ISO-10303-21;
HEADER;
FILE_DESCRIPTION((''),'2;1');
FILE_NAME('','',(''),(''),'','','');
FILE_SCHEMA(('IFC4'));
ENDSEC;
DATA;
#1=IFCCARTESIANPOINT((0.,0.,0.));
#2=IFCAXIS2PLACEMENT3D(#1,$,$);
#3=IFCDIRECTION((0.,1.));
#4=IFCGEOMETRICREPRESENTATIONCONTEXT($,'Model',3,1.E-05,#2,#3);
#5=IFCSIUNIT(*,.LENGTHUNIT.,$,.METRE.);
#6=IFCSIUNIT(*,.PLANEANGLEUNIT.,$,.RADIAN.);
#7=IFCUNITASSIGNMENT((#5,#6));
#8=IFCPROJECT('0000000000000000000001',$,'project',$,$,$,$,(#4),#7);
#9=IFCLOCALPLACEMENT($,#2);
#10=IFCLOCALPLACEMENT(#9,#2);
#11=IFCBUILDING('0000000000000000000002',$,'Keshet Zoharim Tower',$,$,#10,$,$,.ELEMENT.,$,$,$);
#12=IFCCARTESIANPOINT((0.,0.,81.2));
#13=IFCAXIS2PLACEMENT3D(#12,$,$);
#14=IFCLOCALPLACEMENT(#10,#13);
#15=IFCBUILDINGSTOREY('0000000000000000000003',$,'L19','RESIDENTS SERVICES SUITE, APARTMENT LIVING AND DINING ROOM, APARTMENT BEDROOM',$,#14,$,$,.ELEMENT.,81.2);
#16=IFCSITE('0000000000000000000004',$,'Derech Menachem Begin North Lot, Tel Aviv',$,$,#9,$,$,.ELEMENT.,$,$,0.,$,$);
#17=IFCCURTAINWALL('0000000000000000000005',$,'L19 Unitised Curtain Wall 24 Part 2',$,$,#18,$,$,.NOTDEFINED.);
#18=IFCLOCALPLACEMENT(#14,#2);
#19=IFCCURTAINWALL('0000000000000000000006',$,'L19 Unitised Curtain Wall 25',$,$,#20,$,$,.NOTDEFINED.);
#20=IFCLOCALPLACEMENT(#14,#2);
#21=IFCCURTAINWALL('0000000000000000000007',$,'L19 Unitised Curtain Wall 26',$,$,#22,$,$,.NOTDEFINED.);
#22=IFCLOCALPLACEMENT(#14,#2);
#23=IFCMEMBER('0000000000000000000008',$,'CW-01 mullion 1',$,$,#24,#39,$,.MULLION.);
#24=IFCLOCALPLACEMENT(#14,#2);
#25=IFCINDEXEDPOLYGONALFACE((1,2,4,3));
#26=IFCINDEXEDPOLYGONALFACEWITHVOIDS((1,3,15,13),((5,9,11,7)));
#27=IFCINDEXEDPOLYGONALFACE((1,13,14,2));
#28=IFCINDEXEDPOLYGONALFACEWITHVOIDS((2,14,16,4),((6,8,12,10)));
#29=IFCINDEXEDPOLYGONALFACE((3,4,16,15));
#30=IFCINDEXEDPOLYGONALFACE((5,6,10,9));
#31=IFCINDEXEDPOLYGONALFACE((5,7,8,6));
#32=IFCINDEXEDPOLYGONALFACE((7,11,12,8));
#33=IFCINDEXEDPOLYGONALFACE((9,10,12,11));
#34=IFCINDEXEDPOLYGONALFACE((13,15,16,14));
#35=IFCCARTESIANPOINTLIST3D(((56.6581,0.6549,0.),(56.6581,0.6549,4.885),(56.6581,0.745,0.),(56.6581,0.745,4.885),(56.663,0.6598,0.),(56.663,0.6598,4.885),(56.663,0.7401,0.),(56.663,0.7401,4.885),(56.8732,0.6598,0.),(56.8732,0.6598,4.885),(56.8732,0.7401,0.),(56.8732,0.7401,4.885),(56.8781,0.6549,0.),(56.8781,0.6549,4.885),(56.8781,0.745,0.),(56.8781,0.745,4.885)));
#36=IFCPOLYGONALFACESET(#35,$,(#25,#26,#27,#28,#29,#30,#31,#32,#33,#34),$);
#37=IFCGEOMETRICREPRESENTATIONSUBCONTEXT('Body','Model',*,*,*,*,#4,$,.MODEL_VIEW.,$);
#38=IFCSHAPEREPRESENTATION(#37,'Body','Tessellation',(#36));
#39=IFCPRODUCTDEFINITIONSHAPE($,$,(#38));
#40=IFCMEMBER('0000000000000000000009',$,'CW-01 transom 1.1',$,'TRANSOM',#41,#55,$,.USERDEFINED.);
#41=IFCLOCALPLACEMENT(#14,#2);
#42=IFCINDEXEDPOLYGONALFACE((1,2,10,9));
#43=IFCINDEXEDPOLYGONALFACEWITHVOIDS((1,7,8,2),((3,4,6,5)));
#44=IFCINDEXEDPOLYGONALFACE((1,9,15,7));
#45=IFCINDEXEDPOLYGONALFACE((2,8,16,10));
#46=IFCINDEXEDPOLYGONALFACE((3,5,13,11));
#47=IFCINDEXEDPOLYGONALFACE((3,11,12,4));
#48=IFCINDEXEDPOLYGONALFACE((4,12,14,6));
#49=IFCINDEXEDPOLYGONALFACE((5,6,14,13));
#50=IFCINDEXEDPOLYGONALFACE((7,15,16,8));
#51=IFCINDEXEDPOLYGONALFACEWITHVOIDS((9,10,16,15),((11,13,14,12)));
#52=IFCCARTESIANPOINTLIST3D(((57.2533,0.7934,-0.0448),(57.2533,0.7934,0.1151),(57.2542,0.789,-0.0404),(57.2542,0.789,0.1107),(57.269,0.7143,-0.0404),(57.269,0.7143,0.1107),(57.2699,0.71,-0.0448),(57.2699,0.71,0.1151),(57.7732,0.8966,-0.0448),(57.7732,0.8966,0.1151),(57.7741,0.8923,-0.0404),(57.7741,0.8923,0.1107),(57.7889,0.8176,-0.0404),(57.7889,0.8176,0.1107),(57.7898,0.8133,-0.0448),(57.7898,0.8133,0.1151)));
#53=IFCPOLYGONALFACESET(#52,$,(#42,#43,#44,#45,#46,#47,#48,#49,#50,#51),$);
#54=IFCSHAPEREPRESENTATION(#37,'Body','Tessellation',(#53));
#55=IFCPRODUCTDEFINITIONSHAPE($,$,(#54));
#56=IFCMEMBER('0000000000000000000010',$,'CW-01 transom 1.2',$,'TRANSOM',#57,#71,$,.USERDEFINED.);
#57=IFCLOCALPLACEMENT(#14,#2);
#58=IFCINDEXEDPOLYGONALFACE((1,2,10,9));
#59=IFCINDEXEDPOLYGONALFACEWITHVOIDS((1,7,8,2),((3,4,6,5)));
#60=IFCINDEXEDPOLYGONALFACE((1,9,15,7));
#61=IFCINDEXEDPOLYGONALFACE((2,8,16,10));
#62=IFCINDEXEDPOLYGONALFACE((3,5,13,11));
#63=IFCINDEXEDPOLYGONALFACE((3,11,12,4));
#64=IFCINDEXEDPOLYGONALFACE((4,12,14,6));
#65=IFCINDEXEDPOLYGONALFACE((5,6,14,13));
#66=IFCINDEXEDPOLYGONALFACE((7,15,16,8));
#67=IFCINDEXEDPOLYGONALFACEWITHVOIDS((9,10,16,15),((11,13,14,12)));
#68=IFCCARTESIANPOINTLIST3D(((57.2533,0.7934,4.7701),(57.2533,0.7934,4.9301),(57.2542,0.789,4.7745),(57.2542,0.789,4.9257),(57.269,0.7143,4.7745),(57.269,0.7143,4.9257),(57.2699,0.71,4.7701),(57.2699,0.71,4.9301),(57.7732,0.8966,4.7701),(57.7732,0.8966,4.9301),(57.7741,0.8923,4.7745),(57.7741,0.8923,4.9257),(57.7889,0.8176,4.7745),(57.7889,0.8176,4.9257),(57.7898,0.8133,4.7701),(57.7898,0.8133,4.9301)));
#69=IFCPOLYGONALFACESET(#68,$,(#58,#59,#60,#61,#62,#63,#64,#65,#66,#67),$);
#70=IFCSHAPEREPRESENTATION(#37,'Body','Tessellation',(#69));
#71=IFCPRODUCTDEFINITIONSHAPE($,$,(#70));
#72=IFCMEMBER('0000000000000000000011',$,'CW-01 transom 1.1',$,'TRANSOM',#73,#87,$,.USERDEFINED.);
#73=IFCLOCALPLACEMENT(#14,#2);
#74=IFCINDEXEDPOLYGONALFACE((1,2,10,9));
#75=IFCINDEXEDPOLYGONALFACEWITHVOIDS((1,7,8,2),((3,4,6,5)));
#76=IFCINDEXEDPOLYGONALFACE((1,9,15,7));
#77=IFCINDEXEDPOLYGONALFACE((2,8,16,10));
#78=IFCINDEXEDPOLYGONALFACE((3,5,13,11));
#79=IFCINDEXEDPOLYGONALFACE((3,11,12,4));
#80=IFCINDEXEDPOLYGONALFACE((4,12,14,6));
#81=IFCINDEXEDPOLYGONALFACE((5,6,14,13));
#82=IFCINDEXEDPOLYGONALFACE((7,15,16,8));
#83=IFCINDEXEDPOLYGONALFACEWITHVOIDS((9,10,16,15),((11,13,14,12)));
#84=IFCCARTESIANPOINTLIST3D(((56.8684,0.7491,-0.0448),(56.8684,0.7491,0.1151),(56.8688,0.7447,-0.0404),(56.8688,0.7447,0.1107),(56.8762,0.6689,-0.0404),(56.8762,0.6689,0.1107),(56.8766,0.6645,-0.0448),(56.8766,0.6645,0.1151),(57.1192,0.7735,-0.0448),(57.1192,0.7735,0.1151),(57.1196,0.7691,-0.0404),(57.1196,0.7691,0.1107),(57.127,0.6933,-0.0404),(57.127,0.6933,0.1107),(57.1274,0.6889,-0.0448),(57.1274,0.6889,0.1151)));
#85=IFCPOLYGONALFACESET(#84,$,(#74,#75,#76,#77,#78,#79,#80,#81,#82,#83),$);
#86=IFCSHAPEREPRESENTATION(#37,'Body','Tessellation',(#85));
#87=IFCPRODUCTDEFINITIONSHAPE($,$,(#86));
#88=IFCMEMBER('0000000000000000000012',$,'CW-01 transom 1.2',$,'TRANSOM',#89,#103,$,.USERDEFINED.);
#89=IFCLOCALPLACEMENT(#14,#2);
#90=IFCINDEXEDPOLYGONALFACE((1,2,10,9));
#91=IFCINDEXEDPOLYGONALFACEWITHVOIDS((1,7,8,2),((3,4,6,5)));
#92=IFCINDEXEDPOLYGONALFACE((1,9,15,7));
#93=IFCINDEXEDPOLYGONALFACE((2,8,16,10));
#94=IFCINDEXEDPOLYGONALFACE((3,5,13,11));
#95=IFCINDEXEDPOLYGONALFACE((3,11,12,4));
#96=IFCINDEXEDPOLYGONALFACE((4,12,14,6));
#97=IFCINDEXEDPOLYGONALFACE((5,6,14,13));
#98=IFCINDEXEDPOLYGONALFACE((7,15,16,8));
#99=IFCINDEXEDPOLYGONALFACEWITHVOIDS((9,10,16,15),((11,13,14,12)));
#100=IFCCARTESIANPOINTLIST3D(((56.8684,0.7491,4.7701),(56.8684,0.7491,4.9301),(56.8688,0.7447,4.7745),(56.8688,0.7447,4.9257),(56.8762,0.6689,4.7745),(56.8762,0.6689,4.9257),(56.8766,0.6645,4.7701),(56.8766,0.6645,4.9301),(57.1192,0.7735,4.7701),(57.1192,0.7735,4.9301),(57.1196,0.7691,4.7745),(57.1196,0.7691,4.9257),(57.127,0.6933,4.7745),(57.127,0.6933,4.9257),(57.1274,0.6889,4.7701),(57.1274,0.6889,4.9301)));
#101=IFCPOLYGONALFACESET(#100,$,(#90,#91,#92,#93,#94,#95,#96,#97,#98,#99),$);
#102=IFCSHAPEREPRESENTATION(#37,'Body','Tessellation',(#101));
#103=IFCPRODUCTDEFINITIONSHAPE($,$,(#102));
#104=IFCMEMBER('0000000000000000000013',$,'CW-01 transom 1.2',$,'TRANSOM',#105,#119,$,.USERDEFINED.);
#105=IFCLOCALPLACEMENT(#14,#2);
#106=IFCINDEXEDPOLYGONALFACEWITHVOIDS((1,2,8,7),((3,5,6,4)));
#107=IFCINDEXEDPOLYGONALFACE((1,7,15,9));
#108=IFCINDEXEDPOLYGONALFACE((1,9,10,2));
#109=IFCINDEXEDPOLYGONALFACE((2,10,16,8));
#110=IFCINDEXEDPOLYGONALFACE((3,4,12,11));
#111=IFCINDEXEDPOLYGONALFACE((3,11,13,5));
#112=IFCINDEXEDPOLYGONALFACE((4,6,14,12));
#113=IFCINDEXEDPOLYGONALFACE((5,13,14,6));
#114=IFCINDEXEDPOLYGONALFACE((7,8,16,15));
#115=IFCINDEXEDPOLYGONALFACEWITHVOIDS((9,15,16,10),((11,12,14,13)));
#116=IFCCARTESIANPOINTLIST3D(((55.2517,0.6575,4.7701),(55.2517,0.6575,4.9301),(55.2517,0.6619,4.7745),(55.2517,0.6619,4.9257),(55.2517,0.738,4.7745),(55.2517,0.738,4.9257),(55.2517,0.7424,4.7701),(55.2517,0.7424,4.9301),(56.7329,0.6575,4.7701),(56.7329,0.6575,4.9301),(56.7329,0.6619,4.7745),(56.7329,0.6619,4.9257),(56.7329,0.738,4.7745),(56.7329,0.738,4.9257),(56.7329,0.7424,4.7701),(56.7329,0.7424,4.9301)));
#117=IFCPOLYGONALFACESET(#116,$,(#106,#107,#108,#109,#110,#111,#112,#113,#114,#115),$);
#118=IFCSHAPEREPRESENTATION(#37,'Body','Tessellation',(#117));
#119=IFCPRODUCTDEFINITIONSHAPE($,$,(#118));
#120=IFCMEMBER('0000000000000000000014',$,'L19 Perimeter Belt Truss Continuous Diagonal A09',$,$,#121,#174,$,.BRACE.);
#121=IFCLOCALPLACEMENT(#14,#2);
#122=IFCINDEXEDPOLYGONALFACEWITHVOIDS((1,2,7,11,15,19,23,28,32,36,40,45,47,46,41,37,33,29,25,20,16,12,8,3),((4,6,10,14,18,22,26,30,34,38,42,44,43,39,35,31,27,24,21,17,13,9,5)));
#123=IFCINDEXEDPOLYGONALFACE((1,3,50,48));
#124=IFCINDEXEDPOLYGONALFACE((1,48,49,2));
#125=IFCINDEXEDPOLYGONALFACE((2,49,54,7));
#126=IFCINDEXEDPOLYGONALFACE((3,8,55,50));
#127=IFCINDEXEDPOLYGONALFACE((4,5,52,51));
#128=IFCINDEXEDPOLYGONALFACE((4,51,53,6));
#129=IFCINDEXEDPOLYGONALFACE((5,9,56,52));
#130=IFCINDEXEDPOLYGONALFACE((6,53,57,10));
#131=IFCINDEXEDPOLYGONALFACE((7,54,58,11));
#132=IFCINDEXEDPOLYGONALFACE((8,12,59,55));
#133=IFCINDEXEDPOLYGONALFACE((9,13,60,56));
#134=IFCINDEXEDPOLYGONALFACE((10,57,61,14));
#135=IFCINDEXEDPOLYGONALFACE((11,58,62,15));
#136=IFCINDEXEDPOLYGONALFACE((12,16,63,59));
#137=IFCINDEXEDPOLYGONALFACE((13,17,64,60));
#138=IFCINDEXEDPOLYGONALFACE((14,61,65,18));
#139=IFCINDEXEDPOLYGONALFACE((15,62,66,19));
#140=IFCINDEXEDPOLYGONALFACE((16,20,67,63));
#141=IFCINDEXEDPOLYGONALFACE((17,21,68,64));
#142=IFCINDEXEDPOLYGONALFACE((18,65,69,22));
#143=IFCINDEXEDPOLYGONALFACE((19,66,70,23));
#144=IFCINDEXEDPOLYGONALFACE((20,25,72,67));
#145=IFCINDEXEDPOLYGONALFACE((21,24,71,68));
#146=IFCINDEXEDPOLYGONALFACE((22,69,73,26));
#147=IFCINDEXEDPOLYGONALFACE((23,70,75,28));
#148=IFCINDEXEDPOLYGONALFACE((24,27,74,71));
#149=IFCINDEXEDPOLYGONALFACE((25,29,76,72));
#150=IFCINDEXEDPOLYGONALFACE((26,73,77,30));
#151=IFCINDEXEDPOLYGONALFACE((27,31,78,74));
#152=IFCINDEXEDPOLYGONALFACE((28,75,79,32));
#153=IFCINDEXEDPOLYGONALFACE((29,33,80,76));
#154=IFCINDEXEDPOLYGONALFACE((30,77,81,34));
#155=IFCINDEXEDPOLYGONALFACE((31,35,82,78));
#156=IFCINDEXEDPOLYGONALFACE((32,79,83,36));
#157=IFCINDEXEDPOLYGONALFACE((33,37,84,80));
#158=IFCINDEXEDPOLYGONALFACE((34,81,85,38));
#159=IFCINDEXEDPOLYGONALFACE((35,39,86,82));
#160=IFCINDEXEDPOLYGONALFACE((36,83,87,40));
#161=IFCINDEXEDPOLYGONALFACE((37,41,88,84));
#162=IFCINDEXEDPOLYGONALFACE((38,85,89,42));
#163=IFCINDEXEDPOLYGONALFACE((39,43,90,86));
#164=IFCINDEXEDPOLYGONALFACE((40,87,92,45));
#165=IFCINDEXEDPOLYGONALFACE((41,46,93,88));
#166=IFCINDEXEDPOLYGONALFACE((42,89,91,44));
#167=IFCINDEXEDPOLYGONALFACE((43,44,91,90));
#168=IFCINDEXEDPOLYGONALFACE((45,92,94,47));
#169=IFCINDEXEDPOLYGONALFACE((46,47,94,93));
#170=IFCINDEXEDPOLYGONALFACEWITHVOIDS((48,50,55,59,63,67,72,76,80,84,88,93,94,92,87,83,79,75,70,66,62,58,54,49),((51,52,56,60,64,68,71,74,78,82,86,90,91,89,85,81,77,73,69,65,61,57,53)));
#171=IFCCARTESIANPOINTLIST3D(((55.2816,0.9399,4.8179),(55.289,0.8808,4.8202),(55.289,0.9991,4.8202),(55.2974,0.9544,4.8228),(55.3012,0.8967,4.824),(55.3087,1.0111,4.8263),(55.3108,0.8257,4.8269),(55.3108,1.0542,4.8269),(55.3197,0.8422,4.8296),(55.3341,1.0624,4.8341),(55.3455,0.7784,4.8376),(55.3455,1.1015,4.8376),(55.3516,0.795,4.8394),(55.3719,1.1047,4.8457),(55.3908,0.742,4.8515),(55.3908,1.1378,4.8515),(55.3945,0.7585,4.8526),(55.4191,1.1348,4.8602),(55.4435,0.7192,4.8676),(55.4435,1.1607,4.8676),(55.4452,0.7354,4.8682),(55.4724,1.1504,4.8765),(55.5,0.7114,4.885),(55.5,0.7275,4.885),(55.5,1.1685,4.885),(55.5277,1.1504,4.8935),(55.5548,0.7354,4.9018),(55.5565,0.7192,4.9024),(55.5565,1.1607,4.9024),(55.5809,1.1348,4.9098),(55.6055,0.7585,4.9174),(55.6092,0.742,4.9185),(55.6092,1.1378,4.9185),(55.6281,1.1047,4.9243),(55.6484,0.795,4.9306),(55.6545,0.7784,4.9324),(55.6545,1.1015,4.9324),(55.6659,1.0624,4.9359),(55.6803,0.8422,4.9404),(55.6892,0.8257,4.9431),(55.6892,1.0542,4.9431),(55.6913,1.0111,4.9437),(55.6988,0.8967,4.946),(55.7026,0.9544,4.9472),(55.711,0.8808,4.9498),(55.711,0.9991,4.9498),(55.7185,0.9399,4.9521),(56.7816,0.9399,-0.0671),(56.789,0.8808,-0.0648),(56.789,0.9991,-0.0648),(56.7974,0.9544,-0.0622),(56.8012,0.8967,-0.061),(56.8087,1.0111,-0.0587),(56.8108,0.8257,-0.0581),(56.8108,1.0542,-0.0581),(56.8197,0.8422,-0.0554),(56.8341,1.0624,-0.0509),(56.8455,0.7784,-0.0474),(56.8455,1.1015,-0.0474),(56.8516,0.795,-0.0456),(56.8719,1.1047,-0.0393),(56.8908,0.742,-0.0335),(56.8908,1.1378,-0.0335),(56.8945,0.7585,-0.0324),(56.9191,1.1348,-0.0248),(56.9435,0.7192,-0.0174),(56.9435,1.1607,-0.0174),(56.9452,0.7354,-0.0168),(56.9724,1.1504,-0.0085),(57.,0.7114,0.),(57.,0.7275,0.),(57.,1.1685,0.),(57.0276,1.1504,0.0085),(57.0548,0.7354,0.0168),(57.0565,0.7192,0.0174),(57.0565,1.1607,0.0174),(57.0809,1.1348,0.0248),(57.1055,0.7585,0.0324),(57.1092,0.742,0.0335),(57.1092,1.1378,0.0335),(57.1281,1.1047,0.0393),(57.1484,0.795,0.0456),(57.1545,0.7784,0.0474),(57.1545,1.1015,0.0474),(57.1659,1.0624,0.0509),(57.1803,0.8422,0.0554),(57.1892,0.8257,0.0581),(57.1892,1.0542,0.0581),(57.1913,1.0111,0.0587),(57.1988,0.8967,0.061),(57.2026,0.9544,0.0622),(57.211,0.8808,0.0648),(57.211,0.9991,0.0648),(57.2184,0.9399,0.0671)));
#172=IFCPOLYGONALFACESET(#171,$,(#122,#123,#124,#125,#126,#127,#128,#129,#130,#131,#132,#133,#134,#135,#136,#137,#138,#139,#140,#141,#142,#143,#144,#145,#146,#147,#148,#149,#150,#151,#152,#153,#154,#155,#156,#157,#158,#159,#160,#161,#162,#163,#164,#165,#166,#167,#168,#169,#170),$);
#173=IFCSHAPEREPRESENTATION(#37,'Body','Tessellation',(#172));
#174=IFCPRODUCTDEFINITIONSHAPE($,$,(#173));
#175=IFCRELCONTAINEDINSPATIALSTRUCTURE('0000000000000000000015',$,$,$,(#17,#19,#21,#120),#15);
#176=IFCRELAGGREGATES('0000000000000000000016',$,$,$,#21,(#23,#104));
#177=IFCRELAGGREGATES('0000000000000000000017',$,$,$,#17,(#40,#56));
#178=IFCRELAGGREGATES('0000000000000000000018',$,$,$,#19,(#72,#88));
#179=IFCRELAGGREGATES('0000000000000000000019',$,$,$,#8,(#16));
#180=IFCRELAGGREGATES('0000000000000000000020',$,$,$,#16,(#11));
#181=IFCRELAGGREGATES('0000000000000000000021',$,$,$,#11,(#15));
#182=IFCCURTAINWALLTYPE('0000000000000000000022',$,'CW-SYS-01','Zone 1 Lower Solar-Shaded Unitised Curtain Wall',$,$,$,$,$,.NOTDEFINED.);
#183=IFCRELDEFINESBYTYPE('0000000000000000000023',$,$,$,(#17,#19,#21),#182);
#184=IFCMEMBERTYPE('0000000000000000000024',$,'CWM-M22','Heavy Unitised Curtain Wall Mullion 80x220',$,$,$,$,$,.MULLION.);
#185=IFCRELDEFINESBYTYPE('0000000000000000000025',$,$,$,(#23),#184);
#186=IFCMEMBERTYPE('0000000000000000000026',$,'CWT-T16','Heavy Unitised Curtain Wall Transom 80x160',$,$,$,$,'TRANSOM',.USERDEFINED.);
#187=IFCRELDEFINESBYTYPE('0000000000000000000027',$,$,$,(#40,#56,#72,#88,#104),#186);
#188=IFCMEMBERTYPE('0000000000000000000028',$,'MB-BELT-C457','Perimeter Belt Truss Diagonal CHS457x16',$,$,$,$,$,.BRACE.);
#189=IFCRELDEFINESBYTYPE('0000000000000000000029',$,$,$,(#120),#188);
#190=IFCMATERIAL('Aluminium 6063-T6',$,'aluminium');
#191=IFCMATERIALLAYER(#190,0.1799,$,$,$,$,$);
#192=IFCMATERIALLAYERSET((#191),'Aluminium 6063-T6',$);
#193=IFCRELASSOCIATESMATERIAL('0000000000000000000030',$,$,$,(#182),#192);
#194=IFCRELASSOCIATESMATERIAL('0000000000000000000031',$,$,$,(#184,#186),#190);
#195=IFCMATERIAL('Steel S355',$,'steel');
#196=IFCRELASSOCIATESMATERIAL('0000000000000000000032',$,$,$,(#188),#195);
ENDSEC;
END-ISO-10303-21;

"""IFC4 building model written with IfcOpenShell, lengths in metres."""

from ifc_helpers import new_model, si_unit, direction, frame, origin, origin_2d, place, context, subcontext, project, spatial, hollow_rectangle, hollow_circle, extrude, material, layer, layer_set, material_profile, profile_set, type_object, element, aggregate, save


model = new_model("IFC4")

# Units and contexts
model_context = context("Model", 3, precision=1e-05, world=origin(), true_north=direction((0.0, 1.0)))
body_context = subcontext(model_context, "Body", "Model", "MODEL_VIEW")
ifc_project = project(units=[si_unit("LENGTHUNIT", "METRE"), si_unit("PLANEANGLEUNIT", "RADIAN")], contexts=[model_context])

# Site, building, storey
site_placement = place(None, origin())
site = spatial("IfcSite", under=ifc_project, at=site_placement, Name="Derech Menachem Begin North Lot, Tel Aviv", CompositionType="ELEMENT", RefElevation=0.0)
building_placement = place(site_placement, origin())
building = spatial("IfcBuilding", under=site, at=building_placement, Name="Keshet Zoharim Tower", CompositionType="ELEMENT")
storey_placement = place(building_placement, frame((0.0, 0.0, 81.2)))
storey = spatial("IfcBuildingStorey", under=building, at=storey_placement, Name="L19", Description="RESIDENTS SERVICES SUITE, APARTMENT LIVING AND DINING ROOM, APARTMENT BEDROOM", CompositionType="ELEMENT", Elevation=81.2)

# Shared definitions
ifc_material_1 = material(Name="Steel S355", Category="steel")

# Curtain wall
ifc_material_2 = material(Name="Aluminium 6063-T6", Category="aluminium")
ifc_layer_1 = layer(ifc_material_2, 0.1799)
ifc_layer_set_1 = layer_set([ifc_layer_1], Name="Aluminium 6063-T6")
curtain_wall_type = type_object("IfcCurtainWallType", Name="CW-SYS-01", Description="Zone 1 Lower Solar-Shaded Unitised Curtain Wall", PredefinedType="NOTDEFINED", material=ifc_layer_set_1)
ifc_material_profile_1 = material_profile(ifc_material_2, hollow_rectangle(XDim=0.0901, YDim=0.22, WallThickness=0.0049, at=origin_2d()), Name="MUL-90x220")
ifc_profile_set_1 = profile_set([ifc_material_profile_1], Name="Aluminium 6063-T6")
member_type_1 = type_object("IfcMemberType", Name="CWM-M22", Description="Heavy Unitised Curtain Wall Mullion 80x220", PredefinedType="MULLION", material=ifc_profile_set_1)
curtain_wall_1_placement = place(storey_placement, origin())
curtain_wall_1 = element("IfcCurtainWall", 1, at=curtain_wall_1_placement, inside=storey, type_object=curtain_wall_type, Name="L19 Unitised Curtain Wall 24 Part 2", PredefinedType="NOTDEFINED")

# Curtain wall
curtain_wall_2_placement = place(storey_placement, origin())
curtain_wall_2 = element("IfcCurtainWall", 2, at=curtain_wall_2_placement, inside=storey, type_object=curtain_wall_type, Name="L19 Unitised Curtain Wall 25", PredefinedType="NOTDEFINED")

# Curtain wall, member
curtain_wall_3_placement = place(storey_placement, origin())
curtain_wall_3 = element("IfcCurtainWall", 3, at=curtain_wall_3_placement, inside=storey, type_object=curtain_wall_type, Name="L19 Unitised Curtain Wall 26", PredefinedType="NOTDEFINED")
member_1_placement = place(storey_placement, frame((56.7681, 0.7, 0.0), z_axis=(0.0, 0.0, 1.0), x_axis=(0.0, -1.0, 0.0)))
member_1 = element("IfcMember", 4, at=member_1_placement, type_object=member_type_1, Name="CW-01 mullion 1", PredefinedType="MULLION", context=body_context, shape_type="SweptSolid", body=[
    extrude(hollow_rectangle(XDim=0.0901, YDim=0.22, WallThickness=0.0049, at=origin_2d()), origin(), (0.0, 0.0, 1.0), 4.885),
])

# Members
ifc_material_profile_2 = material_profile(ifc_material_2, hollow_rectangle(XDim=0.085, YDim=0.1599, WallThickness=0.0044, at=origin_2d()), Name="TRN-85x160")
ifc_profile_set_2 = profile_set([ifc_material_profile_2], Name="Aluminium 6063-T6")
member_type_2 = type_object("IfcMemberType", Name="CWT-T16", Description="Heavy Unitised Curtain Wall Transom 80x160", ElementType="TRANSOM", PredefinedType="USERDEFINED", material=ifc_profile_set_2)
member_2_placement = place(storey_placement, frame((57.7815, 0.855, 0.0352), z_axis=(-0.980828, -0.194876, 0.0), x_axis=(0.194876, -0.980828, 0.0)))
member_2 = element("IfcMember", 5, at=member_2_placement, type_object=member_type_2, Name="CW-01 transom 1.1", ObjectType="TRANSOM", PredefinedType="USERDEFINED", context=body_context, shape_type="SweptSolid", body=[
    extrude(hollow_rectangle(XDim=0.085, YDim=0.1599, WallThickness=0.0044, at=origin_2d()), origin(), (0.0, 0.0, 1.0), 0.53),
])
member_3_placement = place(storey_placement, frame((57.7815, 0.855, 4.8501), z_axis=(-0.980828, -0.194876, 0.0), x_axis=(0.194876, -0.980828, 0.0)))
member_3 = element("IfcMember", 6, at=member_3_placement, type_object=member_type_2, Name="CW-01 transom 1.2", ObjectType="TRANSOM", PredefinedType="USERDEFINED", context=body_context, shape_type="SweptSolid", body=[
    extrude(hollow_rectangle(XDim=0.085, YDim=0.1599, WallThickness=0.0044, at=origin_2d()), origin(), (0.0, 0.0, 1.0), 0.53),
])
member_4_placement = place(storey_placement, frame((57.1233, 0.7312, 0.0352), z_axis=(-0.995293, -0.096913, 0.0), x_axis=(0.096913, -0.995293, 0.0)))
member_4 = element("IfcMember", 7, at=member_4_placement, type_object=member_type_2, Name="CW-01 transom 1.1", ObjectType="TRANSOM", PredefinedType="USERDEFINED", context=body_context, shape_type="SweptSolid", body=[
    extrude(hollow_rectangle(XDim=0.085, YDim=0.1599, WallThickness=0.0044, at=origin_2d()), origin(), (0.0, 0.0, 1.0), 0.252),
])
member_5_placement = place(storey_placement, frame((57.1233, 0.7312, 4.8501), z_axis=(-0.995293, -0.096913, 0.0), x_axis=(0.096913, -0.995293, 0.0)))
member_5 = element("IfcMember", 8, at=member_5_placement, type_object=member_type_2, Name="CW-01 transom 1.2", ObjectType="TRANSOM", PredefinedType="USERDEFINED", context=body_context, shape_type="SweptSolid", body=[
    extrude(hollow_rectangle(XDim=0.085, YDim=0.1599, WallThickness=0.0044, at=origin_2d()), origin(), (0.0, 0.0, 1.0), 0.252),
])
member_6_placement = place(storey_placement, frame((56.7329, 0.7, 4.8501), z_axis=(-1.0, 0.0, 0.0), x_axis=(0.0, -1.0, 0.0)))
member_6 = element("IfcMember", 9, at=member_6_placement, type_object=member_type_2, Name="CW-01 transom 1.2", ObjectType="TRANSOM", PredefinedType="USERDEFINED", context=body_context, shape_type="SweptSolid", body=[
    extrude(hollow_rectangle(XDim=0.085, YDim=0.1599, WallThickness=0.0044, at=origin_2d()), origin(), (0.0, 0.0, 1.0), 1.4812),
])
aggregate(curtain_wall_3, [member_1, member_6])

# Member
ifc_material_profile_3 = material_profile(ifc_material_1, hollow_circle(Radius=0.2285, WallThickness=0.0161, at=origin_2d()), Name="CHS457x16")
ifc_profile_set_3 = profile_set([ifc_material_profile_3], Name="Steel S355")
member_type_3 = type_object("IfcMemberType", Name="MB-BELT-C457", Description="Perimeter Belt Truss Diagonal CHS457x16", PredefinedType="BRACE", material=ifc_profile_set_3)
member_7_placement = place(storey_placement, frame((57.0, 0.9399, 0.0), z_axis=(-0.293535, 0.0, 0.955948), x_axis=(0.0, -1.0, 0.0)))
element("IfcMember", 10, at=member_7_placement, inside=storey, type_object=member_type_3, Name="L19 Perimeter Belt Truss Continuous Diagonal A09", PredefinedType="BRACE", context=body_context, shape_type="SweptSolid", body=[
    extrude(hollow_circle(Radius=0.2285, WallThickness=0.0161, at=origin_2d()), origin(), (0.0, 0.0, 1.0), 5.1101),
])

aggregate(curtain_wall_1, [member_2, member_3])
aggregate(curtain_wall_2, [member_4, member_5])

save(model, "model.ifc")
